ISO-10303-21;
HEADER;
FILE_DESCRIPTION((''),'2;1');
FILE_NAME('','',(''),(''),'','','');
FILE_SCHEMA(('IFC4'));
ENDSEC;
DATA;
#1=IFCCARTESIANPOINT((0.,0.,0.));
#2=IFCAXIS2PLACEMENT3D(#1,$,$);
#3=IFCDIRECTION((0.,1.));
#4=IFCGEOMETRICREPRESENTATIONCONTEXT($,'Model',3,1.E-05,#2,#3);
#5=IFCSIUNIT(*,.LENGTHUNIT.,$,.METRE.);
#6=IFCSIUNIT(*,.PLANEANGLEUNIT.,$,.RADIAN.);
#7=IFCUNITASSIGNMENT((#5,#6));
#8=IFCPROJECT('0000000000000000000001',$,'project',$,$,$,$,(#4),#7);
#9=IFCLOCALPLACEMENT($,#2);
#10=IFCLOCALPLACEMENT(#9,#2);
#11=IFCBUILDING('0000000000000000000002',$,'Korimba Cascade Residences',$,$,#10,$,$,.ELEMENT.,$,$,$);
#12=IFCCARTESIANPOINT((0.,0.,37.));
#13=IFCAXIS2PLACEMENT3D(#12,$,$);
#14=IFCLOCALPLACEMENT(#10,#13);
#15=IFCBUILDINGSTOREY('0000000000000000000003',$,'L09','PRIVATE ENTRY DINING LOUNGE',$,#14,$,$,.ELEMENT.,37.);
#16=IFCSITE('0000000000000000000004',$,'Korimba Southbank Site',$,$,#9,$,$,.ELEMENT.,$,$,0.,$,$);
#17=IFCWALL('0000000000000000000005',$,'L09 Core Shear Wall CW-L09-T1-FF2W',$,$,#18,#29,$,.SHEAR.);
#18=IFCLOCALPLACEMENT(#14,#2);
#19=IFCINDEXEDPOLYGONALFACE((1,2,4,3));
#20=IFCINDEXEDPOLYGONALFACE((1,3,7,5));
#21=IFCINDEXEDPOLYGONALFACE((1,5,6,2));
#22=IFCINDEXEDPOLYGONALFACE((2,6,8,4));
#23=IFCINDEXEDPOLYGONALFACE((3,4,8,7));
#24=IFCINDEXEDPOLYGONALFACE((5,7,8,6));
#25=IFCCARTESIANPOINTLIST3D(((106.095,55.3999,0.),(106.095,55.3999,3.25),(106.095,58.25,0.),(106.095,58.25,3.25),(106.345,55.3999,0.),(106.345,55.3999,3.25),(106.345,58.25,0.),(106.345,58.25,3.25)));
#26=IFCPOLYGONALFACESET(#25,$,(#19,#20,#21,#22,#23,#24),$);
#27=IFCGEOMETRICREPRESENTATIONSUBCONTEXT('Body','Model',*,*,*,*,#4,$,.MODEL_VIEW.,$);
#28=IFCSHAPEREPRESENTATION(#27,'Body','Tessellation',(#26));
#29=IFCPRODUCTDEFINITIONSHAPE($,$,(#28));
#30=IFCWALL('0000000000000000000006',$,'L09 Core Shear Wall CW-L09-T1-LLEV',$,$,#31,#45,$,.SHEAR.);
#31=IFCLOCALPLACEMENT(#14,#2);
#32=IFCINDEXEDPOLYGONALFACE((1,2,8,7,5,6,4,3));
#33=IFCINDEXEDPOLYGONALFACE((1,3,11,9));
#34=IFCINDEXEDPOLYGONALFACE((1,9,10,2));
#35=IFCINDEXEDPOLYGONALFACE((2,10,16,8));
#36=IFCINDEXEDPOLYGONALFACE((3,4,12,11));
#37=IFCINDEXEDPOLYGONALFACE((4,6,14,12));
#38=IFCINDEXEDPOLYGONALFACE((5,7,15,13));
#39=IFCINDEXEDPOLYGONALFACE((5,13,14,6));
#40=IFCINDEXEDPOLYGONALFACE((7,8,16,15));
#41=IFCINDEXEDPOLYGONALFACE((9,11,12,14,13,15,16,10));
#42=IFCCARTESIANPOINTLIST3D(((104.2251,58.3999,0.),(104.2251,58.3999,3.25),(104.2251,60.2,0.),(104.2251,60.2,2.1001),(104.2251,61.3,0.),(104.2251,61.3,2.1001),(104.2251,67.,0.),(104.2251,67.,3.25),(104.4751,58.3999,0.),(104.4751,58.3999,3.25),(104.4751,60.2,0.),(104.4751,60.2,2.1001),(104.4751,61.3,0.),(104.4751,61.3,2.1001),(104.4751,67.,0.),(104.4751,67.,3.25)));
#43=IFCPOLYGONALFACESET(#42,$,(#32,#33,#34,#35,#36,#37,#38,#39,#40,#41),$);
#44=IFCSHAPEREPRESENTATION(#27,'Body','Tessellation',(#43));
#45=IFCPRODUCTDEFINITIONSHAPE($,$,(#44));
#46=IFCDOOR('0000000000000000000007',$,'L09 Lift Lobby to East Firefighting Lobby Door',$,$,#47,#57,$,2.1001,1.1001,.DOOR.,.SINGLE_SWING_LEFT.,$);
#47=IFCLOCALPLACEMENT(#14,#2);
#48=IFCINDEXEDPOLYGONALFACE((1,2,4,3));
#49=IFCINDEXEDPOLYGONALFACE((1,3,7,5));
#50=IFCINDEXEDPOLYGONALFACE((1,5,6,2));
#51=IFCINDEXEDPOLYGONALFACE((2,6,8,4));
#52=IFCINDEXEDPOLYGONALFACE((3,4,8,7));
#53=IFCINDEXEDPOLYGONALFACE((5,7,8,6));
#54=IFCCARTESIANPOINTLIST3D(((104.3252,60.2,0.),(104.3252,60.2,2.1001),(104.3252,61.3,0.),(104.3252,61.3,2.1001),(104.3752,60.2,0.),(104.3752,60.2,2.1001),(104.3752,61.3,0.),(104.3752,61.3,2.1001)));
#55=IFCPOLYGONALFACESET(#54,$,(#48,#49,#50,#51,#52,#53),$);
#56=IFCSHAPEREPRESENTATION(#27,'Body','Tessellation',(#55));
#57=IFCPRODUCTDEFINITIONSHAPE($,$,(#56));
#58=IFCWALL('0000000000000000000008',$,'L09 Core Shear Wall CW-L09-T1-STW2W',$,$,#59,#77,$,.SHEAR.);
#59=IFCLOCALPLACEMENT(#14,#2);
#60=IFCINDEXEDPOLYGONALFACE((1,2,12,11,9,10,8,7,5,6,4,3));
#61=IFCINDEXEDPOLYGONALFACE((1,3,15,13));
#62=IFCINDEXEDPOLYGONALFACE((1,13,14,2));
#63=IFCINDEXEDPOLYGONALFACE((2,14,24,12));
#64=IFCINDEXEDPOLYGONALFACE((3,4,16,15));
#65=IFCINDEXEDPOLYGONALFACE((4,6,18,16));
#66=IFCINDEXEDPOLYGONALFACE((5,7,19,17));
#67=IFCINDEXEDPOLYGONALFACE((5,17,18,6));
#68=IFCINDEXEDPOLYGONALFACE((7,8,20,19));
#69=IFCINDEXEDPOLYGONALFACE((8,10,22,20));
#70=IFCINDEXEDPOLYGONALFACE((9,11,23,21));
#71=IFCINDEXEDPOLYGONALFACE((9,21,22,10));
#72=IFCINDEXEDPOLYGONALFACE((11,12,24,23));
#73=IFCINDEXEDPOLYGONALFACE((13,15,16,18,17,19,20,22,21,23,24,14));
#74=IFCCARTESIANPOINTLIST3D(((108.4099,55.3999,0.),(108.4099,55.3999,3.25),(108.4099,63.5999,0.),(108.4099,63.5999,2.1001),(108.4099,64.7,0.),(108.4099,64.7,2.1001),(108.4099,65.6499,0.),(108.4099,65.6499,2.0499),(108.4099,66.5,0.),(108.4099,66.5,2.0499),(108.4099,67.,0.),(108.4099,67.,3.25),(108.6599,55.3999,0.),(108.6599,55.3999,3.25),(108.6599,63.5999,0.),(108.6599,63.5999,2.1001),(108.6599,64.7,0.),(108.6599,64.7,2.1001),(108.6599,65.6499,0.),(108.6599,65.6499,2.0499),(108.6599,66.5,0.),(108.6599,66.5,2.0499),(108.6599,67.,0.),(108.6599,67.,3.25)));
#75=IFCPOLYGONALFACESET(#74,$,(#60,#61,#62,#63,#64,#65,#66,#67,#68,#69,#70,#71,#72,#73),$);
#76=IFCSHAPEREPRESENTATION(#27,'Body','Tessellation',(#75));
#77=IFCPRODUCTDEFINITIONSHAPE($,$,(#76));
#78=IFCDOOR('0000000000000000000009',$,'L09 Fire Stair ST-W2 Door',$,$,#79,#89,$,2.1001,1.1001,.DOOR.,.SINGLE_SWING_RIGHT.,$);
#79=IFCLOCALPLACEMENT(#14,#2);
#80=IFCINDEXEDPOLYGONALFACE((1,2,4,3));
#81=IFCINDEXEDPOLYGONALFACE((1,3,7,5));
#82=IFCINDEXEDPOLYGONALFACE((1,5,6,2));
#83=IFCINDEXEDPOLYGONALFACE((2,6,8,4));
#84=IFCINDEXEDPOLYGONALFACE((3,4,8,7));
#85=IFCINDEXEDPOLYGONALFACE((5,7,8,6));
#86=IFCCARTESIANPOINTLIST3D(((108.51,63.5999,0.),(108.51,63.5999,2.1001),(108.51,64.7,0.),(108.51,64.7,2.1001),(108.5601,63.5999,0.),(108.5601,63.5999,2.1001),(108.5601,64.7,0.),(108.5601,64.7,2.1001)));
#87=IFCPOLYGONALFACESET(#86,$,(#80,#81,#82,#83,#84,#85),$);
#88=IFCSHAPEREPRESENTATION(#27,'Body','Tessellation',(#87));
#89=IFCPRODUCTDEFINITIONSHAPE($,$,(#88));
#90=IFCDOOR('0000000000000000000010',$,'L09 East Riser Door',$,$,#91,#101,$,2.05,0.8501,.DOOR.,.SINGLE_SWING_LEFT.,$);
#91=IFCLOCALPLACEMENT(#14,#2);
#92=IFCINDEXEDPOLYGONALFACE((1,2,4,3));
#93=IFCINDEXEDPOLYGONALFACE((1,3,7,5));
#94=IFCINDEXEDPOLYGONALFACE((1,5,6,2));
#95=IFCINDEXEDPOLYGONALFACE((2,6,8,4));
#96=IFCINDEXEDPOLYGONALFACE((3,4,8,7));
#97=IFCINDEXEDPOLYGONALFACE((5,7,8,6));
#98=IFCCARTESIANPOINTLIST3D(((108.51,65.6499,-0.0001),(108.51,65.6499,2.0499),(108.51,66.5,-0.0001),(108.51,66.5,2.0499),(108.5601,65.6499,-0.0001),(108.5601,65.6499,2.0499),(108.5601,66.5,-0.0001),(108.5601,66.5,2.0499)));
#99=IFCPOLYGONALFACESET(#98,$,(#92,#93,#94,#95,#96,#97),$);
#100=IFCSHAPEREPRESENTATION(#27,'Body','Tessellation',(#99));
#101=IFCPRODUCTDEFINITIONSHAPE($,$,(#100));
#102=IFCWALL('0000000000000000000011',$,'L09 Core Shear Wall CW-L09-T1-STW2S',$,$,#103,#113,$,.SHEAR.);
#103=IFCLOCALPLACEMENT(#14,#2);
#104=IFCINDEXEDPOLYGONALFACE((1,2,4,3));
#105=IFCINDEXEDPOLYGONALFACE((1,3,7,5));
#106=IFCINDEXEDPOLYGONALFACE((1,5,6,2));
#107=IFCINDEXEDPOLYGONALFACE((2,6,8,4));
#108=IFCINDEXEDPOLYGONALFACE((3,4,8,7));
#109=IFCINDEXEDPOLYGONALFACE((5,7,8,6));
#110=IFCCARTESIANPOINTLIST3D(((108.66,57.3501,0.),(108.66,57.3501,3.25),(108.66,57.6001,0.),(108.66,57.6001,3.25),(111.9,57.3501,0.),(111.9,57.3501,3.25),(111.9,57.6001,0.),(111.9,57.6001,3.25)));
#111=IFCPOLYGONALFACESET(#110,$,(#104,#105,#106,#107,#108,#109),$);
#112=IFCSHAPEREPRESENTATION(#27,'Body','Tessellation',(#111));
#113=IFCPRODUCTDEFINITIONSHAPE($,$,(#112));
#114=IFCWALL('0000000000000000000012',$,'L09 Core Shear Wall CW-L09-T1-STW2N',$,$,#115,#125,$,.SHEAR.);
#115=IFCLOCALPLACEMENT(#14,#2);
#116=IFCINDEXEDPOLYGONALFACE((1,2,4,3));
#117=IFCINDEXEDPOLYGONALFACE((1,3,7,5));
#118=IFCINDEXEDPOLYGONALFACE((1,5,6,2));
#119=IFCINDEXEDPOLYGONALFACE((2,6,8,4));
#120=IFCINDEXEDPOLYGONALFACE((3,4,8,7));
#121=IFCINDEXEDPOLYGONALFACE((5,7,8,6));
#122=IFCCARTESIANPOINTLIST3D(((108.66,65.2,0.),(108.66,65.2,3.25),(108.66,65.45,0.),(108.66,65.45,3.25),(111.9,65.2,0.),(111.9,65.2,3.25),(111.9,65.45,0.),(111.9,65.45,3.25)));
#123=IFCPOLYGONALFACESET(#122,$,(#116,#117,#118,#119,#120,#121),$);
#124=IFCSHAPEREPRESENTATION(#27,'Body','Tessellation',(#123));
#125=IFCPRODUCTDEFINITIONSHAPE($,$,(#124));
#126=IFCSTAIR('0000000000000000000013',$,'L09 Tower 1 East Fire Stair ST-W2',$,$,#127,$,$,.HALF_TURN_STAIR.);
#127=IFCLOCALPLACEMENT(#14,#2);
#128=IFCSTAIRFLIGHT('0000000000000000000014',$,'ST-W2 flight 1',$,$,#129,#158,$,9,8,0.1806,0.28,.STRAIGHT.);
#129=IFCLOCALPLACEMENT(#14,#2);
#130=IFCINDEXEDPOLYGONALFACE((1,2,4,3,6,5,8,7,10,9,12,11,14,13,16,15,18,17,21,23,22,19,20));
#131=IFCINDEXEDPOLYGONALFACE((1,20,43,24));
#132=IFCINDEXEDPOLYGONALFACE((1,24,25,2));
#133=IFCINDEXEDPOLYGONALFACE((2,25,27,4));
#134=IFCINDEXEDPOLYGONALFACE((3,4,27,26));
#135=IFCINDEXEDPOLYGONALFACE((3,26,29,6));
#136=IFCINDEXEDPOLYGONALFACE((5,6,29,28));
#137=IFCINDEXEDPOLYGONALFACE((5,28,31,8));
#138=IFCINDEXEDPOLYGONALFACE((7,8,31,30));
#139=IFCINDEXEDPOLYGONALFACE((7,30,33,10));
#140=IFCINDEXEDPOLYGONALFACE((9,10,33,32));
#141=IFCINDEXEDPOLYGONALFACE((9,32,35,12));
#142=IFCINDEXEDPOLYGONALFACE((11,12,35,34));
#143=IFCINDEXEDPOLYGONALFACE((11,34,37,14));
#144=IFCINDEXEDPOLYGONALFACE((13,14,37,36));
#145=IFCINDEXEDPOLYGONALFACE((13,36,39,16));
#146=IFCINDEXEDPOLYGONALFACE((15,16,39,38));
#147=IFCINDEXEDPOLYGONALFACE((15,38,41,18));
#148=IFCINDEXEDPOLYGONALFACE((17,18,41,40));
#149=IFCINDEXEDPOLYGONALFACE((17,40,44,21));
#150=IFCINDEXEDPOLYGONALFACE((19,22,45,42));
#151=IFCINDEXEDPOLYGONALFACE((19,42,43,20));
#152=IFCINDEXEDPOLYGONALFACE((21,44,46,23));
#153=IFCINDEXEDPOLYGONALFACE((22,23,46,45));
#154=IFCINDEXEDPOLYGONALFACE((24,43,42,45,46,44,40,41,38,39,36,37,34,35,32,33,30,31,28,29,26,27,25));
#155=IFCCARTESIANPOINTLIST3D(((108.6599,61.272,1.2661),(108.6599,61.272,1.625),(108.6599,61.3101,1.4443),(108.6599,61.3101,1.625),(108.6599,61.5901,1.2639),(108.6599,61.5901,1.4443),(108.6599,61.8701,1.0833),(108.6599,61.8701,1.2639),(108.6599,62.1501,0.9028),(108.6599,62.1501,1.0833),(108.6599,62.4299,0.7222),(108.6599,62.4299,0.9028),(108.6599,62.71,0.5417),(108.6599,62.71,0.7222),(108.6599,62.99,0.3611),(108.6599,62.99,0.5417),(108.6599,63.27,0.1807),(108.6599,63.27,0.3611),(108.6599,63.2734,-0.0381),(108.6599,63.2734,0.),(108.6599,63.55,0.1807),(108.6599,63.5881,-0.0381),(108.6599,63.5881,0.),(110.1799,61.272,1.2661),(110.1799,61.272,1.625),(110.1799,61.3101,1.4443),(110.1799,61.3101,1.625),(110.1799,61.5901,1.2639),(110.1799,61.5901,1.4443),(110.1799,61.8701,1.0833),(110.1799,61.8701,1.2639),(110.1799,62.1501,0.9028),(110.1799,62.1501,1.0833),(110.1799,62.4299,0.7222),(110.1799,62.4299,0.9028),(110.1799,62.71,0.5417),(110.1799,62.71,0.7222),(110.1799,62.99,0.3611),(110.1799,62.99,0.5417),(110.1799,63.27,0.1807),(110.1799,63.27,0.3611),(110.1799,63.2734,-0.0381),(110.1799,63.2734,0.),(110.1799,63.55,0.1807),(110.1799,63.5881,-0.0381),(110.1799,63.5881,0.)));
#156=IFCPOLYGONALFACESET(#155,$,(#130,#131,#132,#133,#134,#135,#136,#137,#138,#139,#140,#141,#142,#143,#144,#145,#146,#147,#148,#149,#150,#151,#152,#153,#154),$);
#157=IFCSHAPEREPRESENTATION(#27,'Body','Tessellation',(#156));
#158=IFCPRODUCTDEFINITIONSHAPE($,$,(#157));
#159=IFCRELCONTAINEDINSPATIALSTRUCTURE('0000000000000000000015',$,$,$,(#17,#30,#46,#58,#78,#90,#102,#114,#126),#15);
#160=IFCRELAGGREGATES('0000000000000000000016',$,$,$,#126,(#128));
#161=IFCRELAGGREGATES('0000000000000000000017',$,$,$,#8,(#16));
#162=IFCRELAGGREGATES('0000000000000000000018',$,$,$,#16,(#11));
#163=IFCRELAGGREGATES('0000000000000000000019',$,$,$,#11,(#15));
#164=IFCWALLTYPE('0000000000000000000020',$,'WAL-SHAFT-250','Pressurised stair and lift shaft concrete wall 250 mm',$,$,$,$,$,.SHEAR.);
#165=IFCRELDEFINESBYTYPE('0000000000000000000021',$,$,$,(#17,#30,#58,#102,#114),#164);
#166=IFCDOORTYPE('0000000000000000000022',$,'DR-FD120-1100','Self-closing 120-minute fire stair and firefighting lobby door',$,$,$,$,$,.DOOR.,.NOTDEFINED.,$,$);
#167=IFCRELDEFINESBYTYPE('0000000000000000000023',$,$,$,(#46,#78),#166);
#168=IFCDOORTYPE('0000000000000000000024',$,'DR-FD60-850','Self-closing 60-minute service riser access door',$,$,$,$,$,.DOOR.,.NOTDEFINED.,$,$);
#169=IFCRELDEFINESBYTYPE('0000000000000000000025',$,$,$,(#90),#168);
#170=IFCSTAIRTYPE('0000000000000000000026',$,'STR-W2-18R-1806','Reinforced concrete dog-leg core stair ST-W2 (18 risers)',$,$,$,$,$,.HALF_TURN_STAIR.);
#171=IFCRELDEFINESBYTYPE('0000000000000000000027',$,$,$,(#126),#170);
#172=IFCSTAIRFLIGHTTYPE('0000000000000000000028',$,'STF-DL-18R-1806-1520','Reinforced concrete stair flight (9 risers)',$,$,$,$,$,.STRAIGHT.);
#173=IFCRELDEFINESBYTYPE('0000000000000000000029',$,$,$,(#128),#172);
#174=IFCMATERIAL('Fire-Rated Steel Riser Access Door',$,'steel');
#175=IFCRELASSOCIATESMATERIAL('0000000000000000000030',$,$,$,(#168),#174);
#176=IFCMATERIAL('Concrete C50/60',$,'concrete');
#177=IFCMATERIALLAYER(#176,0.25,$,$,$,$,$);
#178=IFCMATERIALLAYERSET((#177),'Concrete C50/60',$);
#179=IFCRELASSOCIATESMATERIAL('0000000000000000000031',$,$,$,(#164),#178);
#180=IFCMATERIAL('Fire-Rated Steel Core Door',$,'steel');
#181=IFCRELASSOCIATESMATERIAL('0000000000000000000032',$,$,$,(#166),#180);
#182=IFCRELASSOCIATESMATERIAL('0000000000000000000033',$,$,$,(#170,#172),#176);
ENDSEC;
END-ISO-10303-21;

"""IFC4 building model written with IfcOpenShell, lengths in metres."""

from ifc_helpers import new_model, si_unit, direction, frame, frame_2d, origin, place, context, subcontext, project, spatial, polyline, rectangle, outline, extrude, material, layer, layer_set, type_object, element, fill, aggregate, save


model = new_model("IFC4")

# Units and contexts
model_context = context("Model", 3, precision=1e-05, world=origin(), true_north=direction((0.0, 1.0)))
body_context = subcontext(model_context, "Body", "Model", "MODEL_VIEW")
ifc_project = project(units=[si_unit("LENGTHUNIT", "METRE"), si_unit("PLANEANGLEUNIT", "RADIAN")], contexts=[model_context])

# Site, building, storey
site_placement = place(None, origin())
site = spatial("IfcSite", under=ifc_project, at=site_placement, Name="Korimba Southbank Site", CompositionType="ELEMENT", RefElevation=0.0)
building_placement = place(site_placement, origin())
building = spatial("IfcBuilding", under=site, at=building_placement, Name="Korimba Cascade Residences", CompositionType="ELEMENT")
storey_placement = place(building_placement, frame((0.0, 0.0, 37.0)))
storey = spatial("IfcBuildingStorey", under=building, at=storey_placement, Name="L09", Description="PRIVATE ENTRY DINING LOUNGE", CompositionType="ELEMENT", Elevation=37.0)

# Shared definitions
ifc_material_1 = material(Name="Concrete C50/60", Category="concrete")

# Shared definitions
ifc_material_2 = material(Name="Fire-Rated Steel Riser Access Door", Category="steel")
door_type_1 = type_object("IfcDoorType", Name="DR-FD60-850", Description="Self-closing 60-minute service riser access door", OperationType="NOTDEFINED", PredefinedType="DOOR", material=ifc_material_2)

# Wall
ifc_layer_1 = layer(ifc_material_1, 0.25)
ifc_layer_set_1 = layer_set([ifc_layer_1], Name="Concrete C50/60")
wall_type_1 = type_object("IfcWallType", Name="WAL-SHAFT-250", Description="Pressurised stair and lift shaft concrete wall 250 mm", PredefinedType="SHEAR", material=ifc_layer_set_1)
wall_1_placement = place(storey_placement, frame((106.22, 55.3999, 0.0), z_axis=(0.0, 0.0, 1.0), x_axis=(0.0, 1.0, 0.0)))
element("IfcWall", 1, at=wall_1_placement, inside=storey, type_object=wall_type_1, Name="L09 Core Shear Wall CW-L09-T1-FF2W", PredefinedType="SHEAR", context=body_context, shape_type="SweptSolid", body=[
    extrude(rectangle(XDim=2.8501, YDim=0.25, at=frame_2d((1.425, 0.0))), origin(), (0.0, 0.0, 1.0), 3.25),
])

# Wall, opening, door
wall_2_placement = place(storey_placement, frame((104.3501, 58.3999, 0.0), z_axis=(0.0, 0.0, 1.0), x_axis=(0.0, 1.0, 0.0)))
wall_2 = element("IfcWall", 2, at=wall_2_placement, inside=storey, type_object=wall_type_1, Name="L09 Core Shear Wall CW-L09-T1-LLEV", PredefinedType="SHEAR", context=body_context, shape_type="SweptSolid", body=[
    extrude(rectangle(XDim=8.6001, YDim=0.25, at=frame_2d((4.3, 0.0))), origin(), (0.0, 0.0, 1.0), 3.25),
])
opening_1_placement = place(wall_2_placement, frame((1.8, 0.0, 0.0)))
opening_1 = element("IfcOpeningElement", 3, at=opening_1_placement, cuts=wall_2, PredefinedType="OPENING", context=body_context, shape_type="SweptSolid", body=[
    extrude(rectangle(XDim=1.1001, YDim=2.1001, at=frame_2d((0.55, 1.05))), frame((0.0, 0.135, 0.0), z_axis=(0.0, -1.0, 0.0), x_axis=(1.0, 0.0, 0.0)), (0.0, 0.0, 1.0), 0.27),
])
ifc_material_3 = material(Name="Fire-Rated Steel Core Door", Category="steel")
door_type_2 = type_object("IfcDoorType", Name="DR-FD120-1100", Description="Self-closing 120-minute fire stair and firefighting lobby door", OperationType="NOTDEFINED", PredefinedType="DOOR", material=ifc_material_3)
door_1_placement = place(opening_1_placement, origin())
door_1 = element("IfcDoor", 4, at=door_1_placement, inside=storey, type_object=door_type_2, Name="L09 Lift Lobby to East Firefighting Lobby Door", OperationType="SINGLE_SWING_LEFT", OverallHeight=2.1001, OverallWidth=1.1001, PredefinedType="DOOR", context=body_context, shape_type="SweptSolid", body=[
    extrude(rectangle(XDim=1.1001, YDim=2.1001, at=frame_2d((0.55, 1.05))), frame((0.0, 0.0249, 0.0), z_axis=(0.0, -1.0, 0.0), x_axis=(1.0, 0.0, 0.0)), (0.0, 0.0, 1.0), 0.05),
])
fill(opening_1, door_1)

# Wall, openings, doors
wall_3_placement = place(storey_placement, frame((108.5349, 55.3999, 0.0), z_axis=(0.0, 0.0, 1.0), x_axis=(0.0, 1.0, 0.0)))
wall_3 = element("IfcWall", 5, at=wall_3_placement, inside=storey, type_object=wall_type_1, Name="L09 Core Shear Wall CW-L09-T1-STW2W", PredefinedType="SHEAR", context=body_context, shape_type="SweptSolid", body=[
    extrude(rectangle(XDim=11.6001, YDim=0.25, at=frame_2d((5.8, 0.0))), origin(), (0.0, 0.0, 1.0), 3.25),
])
opening_2_placement = place(wall_3_placement, frame((8.2, 0.0, 0.0)))
opening_2 = element("IfcOpeningElement", 6, at=opening_2_placement, cuts=wall_3, PredefinedType="OPENING", context=body_context, shape_type="SweptSolid", body=[
    extrude(rectangle(XDim=1.1001, YDim=2.1001, at=frame_2d((0.55, 1.05))), frame((0.0, 0.135, 0.0), z_axis=(0.0, -1.0, 0.0), x_axis=(1.0, 0.0, 0.0)), (0.0, 0.0, 1.0), 0.27),
])
opening_3_placement = place(wall_3_placement, frame((10.25, 0.0, 0.0)))
opening_3 = element("IfcOpeningElement", 7, at=opening_3_placement, cuts=wall_3, PredefinedType="OPENING", context=body_context, shape_type="SweptSolid", body=[
    extrude(rectangle(XDim=0.8501, YDim=2.05, at=frame_2d((0.425, 1.0249))), frame((0.0, 0.135, 0.0), z_axis=(0.0, -1.0, 0.0), x_axis=(1.0, 0.0, 0.0)), (0.0, 0.0, 1.0), 0.27),
])
door_2_placement = place(opening_2_placement, origin())
door_2 = element("IfcDoor", 8, at=door_2_placement, inside=storey, type_object=door_type_2, Name="L09 Fire Stair ST-W2 Door", OperationType="SINGLE_SWING_RIGHT", OverallHeight=2.1001, OverallWidth=1.1001, PredefinedType="DOOR", context=body_context, shape_type="SweptSolid", body=[
    extrude(rectangle(XDim=1.1001, YDim=2.1001, at=frame_2d((0.55, 1.05))), frame((0.0, 0.0249, 0.0), z_axis=(0.0, -1.0, 0.0), x_axis=(1.0, 0.0, 0.0)), (0.0, 0.0, 1.0), 0.05),
])
fill(opening_2, door_2)
door_3_placement = place(opening_3_placement, origin())
door_3 = element("IfcDoor", 9, at=door_3_placement, inside=storey, type_object=door_type_1, Name="L09 East Riser Door", OperationType="SINGLE_SWING_LEFT", OverallHeight=2.05, OverallWidth=0.8501, PredefinedType="DOOR", context=body_context, shape_type="SweptSolid", body=[
    extrude(rectangle(XDim=0.8501, YDim=2.05, at=frame_2d((0.425, 1.0249))), frame((0.0, 0.0249, 0.0), z_axis=(0.0, -1.0, 0.0), x_axis=(1.0, 0.0, 0.0)), (0.0, 0.0, 1.0), 0.05),
])
fill(opening_3, door_3)

# Walls
for number, where, z_axis, x_axis, name in (
    (10, (108.6599, 57.4751, 0.0), (0.0, 0.0, 1.0), (1.0, 0.0, 0.0), "L09 Core Shear Wall CW-L09-T1-STW2S"),
    (11, (108.6599, 65.325, 0.0), (0.0, 0.0, 1.0), (1.0, 0.0, 0.0), "L09 Core Shear Wall CW-L09-T1-STW2N"),
):
    element("IfcWall", number, at=place(storey_placement, frame(where, z_axis=z_axis, x_axis=x_axis)), inside=storey, type_object=wall_type_1, Name=name, PredefinedType="SHEAR", context=body_context, shape_type="SweptSolid", body=[
        extrude(rectangle(XDim=3.24, YDim=0.25, at=frame_2d((1.6201, 0.0))), origin(), (0.0, 0.0, 1.0), 3.25),
    ])

# Stair, stair flight
stair_type = type_object("IfcStairType", Name="STR-W2-18R-1806", Description="Reinforced concrete dog-leg core stair ST-W2 (18 risers)", PredefinedType="HALF_TURN_STAIR", material=ifc_material_1)
stair_placement = place(storey_placement, origin())
stair = element("IfcStair", 12, at=stair_placement, inside=storey, type_object=stair_type, Name="L09 Tower 1 East Fire Stair ST-W2", PredefinedType="HALF_TURN_STAIR")
stair_flight_type = type_object("IfcStairFlightType", Name="STF-DL-18R-1806-1520", Description="Reinforced concrete stair flight (9 risers)", PredefinedType="STRAIGHT", material=ifc_material_1)
stair_flight_1_placement = place(storey_placement, frame((109.4199, 63.55, 0.0), z_axis=(0.0, 0.0, 1.0), x_axis=(0.0, -1.0, 0.0)))
stair_flight_1 = element("IfcStairFlight", 13, at=stair_flight_1_placement, type_object=stair_flight_type, Name="ST-W2 flight 1", NumberOfRisers=9, NumberOfTreads=8, PredefinedType="STRAIGHT", RiserHeight=0.1806, TreadLength=0.28, context=body_context, shape_type="SweptSolid", body=[
    extrude(outline(polyline([(-0.0381, 0.0), (0.0, 0.1807), (0.28, 0.1807), (0.28, 0.3611), (0.5601, 0.3611), (0.5601, 0.5417), (0.8401, 0.5417), (0.8401, 0.7222), (1.1201, 0.7222), (1.1201, 0.9028), (1.3999, 0.9028), (1.3999, 1.0833), (1.6799, 1.0833), (1.6799, 1.2639), (1.96, 1.2639), (1.96, 1.4443), (2.24, 1.4443), (2.24, 1.625), (2.2781, 1.625), (2.2781, 1.2661), (0.2766, 0.0), (0.2766, -0.0381), (-0.0381, -0.0381), (-0.0381, 0.0)])), frame((0.0, 0.76, 0.0), z_axis=(0.0, -1.0, 0.0), x_axis=(1.0, 0.0, 0.0)), (0.0, 0.0, 1.0), 1.52),
])
aggregate(stair, [stair_flight_1])

save(model, "model.ifc")
